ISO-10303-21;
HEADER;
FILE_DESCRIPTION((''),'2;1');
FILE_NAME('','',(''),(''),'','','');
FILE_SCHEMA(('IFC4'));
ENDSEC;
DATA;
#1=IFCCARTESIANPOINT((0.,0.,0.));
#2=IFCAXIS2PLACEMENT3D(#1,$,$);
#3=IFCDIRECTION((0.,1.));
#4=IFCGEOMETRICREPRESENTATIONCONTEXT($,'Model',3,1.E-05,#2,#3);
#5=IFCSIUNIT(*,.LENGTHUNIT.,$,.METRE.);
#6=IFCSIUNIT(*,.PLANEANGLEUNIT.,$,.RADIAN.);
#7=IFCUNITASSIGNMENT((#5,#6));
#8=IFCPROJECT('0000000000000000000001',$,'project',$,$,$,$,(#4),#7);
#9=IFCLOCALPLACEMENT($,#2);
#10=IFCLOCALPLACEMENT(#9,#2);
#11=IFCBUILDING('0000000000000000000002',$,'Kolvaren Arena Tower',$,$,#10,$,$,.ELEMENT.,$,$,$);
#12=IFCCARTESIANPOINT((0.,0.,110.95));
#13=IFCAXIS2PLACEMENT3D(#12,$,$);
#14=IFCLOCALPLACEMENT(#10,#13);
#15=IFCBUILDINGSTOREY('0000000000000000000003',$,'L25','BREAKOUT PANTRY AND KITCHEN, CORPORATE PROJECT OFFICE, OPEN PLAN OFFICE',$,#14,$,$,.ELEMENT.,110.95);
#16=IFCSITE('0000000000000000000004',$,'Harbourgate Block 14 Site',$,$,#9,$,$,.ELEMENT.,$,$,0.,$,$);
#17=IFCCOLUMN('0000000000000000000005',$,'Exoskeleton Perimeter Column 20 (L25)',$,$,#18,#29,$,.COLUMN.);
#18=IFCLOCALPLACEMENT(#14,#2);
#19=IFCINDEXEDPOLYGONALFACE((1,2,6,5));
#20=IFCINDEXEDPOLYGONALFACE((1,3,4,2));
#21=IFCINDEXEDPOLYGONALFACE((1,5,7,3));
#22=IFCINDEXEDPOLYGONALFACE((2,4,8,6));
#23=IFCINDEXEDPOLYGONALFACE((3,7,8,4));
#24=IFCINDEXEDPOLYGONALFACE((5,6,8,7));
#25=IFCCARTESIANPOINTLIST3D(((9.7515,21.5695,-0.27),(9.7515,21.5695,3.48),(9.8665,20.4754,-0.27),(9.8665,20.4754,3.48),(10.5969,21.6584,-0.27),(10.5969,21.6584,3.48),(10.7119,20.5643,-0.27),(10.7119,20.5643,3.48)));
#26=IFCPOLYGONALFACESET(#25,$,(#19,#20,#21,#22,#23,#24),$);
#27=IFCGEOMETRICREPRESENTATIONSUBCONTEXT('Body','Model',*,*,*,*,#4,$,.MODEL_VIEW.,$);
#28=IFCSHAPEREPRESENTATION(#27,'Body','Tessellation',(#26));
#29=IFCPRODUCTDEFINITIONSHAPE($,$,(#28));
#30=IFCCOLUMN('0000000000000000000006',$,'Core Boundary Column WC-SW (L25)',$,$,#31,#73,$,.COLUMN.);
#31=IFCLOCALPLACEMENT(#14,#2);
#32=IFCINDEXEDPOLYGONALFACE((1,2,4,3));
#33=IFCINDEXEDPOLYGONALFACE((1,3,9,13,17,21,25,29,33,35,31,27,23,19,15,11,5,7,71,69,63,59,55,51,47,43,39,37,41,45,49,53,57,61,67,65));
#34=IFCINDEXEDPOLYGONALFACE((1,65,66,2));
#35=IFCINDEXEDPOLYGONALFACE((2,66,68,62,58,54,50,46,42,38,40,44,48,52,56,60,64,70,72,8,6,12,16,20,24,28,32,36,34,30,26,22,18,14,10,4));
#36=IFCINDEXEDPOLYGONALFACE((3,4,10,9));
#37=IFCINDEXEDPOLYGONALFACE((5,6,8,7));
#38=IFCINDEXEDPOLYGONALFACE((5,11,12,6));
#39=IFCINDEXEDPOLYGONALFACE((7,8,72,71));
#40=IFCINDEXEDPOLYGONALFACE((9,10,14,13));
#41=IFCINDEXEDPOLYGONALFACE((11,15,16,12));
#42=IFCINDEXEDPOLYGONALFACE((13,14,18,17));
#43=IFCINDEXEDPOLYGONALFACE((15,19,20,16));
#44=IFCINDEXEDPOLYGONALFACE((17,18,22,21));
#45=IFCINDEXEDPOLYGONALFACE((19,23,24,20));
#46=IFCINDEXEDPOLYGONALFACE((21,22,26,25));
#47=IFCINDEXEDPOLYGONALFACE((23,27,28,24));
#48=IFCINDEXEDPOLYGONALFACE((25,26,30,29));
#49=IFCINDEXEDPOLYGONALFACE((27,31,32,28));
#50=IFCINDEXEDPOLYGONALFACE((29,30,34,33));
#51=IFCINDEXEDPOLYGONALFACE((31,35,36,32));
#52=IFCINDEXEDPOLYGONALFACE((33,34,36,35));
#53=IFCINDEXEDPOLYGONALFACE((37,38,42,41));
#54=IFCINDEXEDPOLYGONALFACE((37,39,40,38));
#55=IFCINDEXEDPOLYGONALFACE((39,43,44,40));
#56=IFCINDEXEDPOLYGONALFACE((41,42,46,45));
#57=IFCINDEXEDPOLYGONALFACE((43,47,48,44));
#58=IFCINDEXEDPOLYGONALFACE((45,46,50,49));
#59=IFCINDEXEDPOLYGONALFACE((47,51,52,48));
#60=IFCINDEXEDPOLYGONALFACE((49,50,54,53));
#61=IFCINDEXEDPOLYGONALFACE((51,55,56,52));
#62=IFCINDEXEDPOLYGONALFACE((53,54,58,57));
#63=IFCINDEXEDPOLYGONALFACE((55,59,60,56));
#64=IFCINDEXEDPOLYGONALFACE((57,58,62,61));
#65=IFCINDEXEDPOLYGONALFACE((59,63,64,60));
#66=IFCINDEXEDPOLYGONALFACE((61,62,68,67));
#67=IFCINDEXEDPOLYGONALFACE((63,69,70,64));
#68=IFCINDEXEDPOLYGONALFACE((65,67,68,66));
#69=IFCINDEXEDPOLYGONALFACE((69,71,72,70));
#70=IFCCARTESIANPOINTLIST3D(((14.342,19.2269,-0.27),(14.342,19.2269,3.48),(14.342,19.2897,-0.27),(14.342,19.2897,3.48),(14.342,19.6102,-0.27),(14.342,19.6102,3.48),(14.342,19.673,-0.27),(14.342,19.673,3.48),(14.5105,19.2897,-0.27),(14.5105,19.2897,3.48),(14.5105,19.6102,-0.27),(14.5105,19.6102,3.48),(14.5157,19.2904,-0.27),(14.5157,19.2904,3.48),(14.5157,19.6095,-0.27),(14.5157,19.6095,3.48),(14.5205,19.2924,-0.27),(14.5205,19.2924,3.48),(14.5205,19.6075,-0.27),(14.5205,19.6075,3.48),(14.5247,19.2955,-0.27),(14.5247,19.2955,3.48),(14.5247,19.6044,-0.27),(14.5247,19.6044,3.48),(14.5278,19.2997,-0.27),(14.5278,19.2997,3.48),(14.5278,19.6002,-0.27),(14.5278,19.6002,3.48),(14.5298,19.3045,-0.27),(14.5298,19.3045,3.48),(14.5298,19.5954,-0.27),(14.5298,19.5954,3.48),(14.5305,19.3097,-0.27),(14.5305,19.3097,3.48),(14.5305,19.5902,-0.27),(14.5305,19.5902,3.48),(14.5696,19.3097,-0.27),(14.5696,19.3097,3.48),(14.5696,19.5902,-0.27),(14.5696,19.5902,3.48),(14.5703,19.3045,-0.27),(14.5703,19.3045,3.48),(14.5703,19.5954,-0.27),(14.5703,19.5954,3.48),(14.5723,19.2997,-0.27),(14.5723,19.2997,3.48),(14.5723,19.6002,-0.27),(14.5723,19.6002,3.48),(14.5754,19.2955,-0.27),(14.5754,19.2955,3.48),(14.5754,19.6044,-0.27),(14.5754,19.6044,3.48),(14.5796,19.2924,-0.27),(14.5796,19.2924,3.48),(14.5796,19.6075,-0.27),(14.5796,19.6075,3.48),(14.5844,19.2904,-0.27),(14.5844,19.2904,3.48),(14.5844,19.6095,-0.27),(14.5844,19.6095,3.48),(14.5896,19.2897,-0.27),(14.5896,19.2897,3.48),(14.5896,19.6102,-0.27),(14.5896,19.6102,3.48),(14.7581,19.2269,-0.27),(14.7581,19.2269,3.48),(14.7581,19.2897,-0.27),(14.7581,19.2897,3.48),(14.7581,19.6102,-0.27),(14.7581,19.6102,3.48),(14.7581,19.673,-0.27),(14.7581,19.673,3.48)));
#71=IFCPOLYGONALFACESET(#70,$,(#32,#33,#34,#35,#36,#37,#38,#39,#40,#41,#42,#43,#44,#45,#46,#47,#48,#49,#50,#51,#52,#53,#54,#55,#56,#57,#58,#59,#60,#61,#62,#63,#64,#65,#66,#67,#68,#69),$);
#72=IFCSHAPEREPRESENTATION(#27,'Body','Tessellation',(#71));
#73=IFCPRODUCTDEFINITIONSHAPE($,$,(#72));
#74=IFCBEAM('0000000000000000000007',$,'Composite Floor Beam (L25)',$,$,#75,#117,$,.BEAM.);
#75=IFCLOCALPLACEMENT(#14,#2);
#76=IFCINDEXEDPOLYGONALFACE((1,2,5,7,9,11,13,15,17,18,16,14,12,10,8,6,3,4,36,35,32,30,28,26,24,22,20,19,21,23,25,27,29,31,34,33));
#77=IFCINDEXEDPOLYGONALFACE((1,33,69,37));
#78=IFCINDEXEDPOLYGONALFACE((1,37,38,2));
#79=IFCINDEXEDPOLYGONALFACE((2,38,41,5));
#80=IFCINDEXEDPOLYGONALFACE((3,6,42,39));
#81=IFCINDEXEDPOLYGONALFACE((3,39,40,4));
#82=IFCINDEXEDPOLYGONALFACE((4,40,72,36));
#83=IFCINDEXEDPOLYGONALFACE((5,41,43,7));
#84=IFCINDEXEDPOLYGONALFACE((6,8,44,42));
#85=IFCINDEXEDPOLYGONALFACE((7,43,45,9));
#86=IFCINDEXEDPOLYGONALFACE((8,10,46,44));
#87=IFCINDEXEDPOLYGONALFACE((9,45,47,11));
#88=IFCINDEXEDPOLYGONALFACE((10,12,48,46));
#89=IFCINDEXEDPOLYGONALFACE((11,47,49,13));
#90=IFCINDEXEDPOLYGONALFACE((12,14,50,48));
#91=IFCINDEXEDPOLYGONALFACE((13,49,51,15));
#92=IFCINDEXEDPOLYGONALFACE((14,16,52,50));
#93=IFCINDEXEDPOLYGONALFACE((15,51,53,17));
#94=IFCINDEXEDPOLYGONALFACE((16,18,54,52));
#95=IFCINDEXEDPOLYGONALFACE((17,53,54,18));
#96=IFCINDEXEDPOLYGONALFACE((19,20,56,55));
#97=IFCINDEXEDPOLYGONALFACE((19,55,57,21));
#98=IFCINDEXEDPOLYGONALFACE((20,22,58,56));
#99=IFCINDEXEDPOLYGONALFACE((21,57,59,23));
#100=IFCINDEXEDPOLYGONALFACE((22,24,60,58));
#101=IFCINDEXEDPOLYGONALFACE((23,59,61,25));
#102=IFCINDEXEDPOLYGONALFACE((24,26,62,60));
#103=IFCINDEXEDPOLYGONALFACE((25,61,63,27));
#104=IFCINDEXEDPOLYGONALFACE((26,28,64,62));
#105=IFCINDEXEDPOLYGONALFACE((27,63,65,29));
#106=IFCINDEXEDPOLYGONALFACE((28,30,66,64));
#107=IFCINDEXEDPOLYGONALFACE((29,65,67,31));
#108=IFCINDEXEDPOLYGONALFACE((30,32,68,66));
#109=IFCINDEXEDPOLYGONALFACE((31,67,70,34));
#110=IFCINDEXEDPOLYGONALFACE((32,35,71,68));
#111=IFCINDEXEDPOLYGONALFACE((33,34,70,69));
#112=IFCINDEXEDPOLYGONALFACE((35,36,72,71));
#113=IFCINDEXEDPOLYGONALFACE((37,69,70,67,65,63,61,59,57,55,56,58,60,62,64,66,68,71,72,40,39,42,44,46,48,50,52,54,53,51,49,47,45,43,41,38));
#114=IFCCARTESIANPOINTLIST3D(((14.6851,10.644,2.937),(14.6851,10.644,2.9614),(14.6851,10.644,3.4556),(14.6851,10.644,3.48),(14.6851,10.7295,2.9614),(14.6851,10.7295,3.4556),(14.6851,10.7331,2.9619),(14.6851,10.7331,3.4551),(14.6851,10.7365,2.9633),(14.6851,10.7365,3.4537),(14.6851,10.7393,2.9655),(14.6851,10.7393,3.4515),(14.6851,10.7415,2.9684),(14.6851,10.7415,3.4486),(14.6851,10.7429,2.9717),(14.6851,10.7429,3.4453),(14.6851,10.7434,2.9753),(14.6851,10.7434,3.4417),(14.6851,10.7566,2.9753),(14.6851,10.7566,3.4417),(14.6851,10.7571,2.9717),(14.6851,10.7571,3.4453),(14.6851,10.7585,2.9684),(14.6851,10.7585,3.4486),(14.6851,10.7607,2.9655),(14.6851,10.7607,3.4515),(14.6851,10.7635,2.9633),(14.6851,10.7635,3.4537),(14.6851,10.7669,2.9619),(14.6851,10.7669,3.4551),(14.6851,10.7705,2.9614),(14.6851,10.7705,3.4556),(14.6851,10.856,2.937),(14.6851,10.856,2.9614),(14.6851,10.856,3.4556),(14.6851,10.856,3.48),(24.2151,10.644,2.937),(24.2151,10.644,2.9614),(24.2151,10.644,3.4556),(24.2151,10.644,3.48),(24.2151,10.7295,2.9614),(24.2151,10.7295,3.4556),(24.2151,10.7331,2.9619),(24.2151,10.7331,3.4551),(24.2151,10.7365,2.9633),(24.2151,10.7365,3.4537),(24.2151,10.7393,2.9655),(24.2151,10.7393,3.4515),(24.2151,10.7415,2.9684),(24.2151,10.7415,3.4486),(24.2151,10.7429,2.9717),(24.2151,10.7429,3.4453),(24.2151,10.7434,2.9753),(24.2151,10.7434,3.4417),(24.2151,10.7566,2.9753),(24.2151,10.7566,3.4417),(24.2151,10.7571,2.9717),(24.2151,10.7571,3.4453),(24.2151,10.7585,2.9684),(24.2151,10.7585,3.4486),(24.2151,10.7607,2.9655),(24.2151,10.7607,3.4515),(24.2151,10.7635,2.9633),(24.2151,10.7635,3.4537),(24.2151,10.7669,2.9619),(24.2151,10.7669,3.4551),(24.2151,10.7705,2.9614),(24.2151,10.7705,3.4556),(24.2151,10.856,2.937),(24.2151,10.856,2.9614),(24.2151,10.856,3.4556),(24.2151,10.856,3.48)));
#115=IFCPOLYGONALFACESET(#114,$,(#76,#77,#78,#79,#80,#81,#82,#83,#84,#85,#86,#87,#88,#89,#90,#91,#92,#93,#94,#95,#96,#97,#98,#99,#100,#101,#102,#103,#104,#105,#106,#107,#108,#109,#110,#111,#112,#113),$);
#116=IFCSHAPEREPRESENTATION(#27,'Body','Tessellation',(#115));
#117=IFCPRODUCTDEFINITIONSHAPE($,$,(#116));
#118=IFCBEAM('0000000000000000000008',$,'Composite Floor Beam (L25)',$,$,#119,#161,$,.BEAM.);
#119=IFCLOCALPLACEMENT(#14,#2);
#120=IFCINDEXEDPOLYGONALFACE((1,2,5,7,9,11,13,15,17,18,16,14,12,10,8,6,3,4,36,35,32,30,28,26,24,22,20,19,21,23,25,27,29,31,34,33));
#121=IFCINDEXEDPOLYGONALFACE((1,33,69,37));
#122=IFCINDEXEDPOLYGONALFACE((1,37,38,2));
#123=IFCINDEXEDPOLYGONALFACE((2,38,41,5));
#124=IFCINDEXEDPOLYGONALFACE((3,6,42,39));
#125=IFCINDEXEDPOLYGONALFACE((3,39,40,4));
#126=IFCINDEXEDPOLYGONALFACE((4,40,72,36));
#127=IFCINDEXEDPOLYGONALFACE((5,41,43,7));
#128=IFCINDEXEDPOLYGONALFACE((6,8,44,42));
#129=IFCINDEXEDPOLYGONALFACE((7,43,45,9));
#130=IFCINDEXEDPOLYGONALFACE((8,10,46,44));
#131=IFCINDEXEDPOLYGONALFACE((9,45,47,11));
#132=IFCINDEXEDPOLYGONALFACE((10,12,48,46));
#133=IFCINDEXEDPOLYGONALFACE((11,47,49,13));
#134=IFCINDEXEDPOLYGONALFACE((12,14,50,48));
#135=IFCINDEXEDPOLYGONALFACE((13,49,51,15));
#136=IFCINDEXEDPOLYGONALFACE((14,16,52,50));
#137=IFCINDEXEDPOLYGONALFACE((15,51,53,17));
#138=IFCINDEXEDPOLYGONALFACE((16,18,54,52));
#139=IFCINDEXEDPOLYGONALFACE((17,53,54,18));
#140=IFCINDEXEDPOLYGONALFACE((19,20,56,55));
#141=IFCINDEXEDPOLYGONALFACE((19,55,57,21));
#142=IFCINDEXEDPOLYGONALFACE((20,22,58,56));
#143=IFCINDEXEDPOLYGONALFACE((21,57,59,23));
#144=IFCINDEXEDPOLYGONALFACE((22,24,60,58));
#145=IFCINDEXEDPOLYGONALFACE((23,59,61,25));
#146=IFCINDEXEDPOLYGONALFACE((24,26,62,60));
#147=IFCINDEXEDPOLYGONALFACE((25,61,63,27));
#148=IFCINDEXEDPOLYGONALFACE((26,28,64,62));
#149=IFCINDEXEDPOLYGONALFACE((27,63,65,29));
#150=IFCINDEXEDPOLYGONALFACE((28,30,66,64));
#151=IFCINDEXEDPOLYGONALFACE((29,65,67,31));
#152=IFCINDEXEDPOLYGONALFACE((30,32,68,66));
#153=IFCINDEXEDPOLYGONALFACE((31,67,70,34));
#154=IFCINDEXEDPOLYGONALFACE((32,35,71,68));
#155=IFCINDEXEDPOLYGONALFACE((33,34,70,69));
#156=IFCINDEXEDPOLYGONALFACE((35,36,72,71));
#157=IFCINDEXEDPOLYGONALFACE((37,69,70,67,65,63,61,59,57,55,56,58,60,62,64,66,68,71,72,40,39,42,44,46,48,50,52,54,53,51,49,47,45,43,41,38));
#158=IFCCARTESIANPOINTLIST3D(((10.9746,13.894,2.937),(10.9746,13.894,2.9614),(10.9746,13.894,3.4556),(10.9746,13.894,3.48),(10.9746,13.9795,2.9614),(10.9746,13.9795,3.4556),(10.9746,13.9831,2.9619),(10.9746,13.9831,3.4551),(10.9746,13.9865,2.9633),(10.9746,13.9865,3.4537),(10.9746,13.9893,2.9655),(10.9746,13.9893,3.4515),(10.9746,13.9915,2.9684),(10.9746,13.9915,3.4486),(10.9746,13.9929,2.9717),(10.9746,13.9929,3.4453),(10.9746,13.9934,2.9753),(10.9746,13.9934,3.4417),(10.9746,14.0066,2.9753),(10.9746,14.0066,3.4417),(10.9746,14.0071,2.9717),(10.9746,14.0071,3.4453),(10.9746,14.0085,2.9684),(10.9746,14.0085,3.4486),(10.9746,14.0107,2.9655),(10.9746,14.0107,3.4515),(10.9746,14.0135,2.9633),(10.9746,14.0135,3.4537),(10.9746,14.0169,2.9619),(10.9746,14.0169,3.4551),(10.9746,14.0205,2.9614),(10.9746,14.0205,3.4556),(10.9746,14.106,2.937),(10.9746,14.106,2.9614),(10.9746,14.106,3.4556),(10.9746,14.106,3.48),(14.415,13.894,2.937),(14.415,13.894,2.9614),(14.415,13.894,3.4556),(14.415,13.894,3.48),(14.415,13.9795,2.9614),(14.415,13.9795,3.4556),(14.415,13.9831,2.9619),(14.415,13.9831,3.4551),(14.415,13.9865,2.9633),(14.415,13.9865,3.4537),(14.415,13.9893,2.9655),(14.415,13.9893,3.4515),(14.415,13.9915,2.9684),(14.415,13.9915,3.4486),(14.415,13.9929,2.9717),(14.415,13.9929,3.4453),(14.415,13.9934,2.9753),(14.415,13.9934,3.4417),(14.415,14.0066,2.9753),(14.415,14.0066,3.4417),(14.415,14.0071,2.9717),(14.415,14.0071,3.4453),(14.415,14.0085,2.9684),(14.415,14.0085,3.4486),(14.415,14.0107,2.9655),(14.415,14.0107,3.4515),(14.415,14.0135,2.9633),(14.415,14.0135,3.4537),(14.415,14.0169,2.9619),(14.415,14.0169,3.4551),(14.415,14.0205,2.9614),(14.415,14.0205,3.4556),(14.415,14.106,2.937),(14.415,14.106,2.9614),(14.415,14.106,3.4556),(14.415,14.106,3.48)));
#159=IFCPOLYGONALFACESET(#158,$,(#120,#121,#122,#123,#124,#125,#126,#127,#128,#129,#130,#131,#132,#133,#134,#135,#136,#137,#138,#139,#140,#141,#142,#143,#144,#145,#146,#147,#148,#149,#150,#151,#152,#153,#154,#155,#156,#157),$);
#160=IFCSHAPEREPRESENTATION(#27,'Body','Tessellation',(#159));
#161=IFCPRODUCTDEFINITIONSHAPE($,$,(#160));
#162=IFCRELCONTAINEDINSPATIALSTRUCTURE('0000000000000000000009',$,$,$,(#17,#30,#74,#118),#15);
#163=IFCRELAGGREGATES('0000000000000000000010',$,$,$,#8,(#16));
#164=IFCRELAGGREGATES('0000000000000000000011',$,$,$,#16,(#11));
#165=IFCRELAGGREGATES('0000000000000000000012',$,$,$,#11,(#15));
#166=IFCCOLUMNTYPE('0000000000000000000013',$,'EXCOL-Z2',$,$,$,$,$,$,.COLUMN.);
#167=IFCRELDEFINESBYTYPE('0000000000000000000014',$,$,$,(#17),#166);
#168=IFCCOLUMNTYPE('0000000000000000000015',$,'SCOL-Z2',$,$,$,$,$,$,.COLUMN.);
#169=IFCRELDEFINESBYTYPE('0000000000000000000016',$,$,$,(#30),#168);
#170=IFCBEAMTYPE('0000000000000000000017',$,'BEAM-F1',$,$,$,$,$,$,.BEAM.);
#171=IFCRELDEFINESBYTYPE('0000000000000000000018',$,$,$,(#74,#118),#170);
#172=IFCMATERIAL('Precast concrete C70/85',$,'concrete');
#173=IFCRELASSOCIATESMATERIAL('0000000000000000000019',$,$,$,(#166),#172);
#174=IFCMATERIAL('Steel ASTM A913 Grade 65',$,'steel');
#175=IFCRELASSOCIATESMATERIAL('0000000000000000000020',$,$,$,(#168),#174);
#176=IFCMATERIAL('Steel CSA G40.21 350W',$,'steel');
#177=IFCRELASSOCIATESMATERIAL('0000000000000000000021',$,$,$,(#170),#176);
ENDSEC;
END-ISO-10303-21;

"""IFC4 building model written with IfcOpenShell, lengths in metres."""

from ifc_helpers import new_model, si_unit, direction, frame, origin, origin_2d, place, context, subcontext, project, spatial, rectangle, i_section, extrude, material, material_profile, profile_set, type_object, element, save


model = new_model("IFC4")

# Units and contexts
model_context = context("Model", 3, precision=1e-05, world=origin(), true_north=direction((0.0, 1.0)))
body_context = subcontext(model_context, "Body", "Model", "MODEL_VIEW")
ifc_project = project(units=[si_unit("LENGTHUNIT", "METRE"), si_unit("PLANEANGLEUNIT", "RADIAN")], contexts=[model_context])

# Site, building, storey
site_placement = place(None, origin())
site = spatial("IfcSite", under=ifc_project, at=site_placement, Name="Harbourgate Block 14 Site", CompositionType="ELEMENT", RefElevation=0.0)
building_placement = place(site_placement, origin())
building = spatial("IfcBuilding", under=site, at=building_placement, Name="Kolvaren Arena Tower", CompositionType="ELEMENT")
storey_placement = place(building_placement, frame((0.0, 0.0, 110.95)))
storey = spatial("IfcBuildingStorey", under=building, at=storey_placement, Name="L25", Description="BREAKOUT PANTRY AND KITCHEN, CORPORATE PROJECT OFFICE, OPEN PLAN OFFICE", CompositionType="ELEMENT", Elevation=110.95)

# Columns
ifc_material_1 = material(Name="Precast concrete C70/85", Category="concrete")
ifc_material_profile_1 = material_profile(ifc_material_1, rectangle(XDim=1.1001, YDim=0.8501, at=origin_2d()), Name="RC-1100x850")
ifc_profile_set_1 = profile_set([ifc_material_profile_1], Name="Precast concrete C70/85")
column_type_1 = type_object("IfcColumnType", Name="EXCOL-Z2", PredefinedType="COLUMN", material=ifc_profile_set_1)
column_1_placement = place(storey_placement, frame((10.2317, 21.0669, -0.27), z_axis=(0.0, 0.0, 1.0), x_axis=(-0.104528, 0.994522, 0.0)))
element("IfcColumn", 1, at=column_1_placement, inside=storey, type_object=column_type_1, Name="Exoskeleton Perimeter Column 20 (L25)", PredefinedType="COLUMN", context=body_context, shape_type="SweptSolid", body=[
    extrude(rectangle(XDim=1.1001, YDim=0.8501, at=origin_2d()), origin(), (0.0, 0.0, 1.0), 3.75),
])
ifc_material_2 = material(Name="Steel ASTM A913 Grade 65", Category="steel")
ifc_material_profile_2 = material_profile(ifc_material_2, i_section(OverallWidth=0.416, OverallDepth=0.446, WebThickness=0.0391, FlangeThickness=0.0627, FilletRadius=0.02, at=origin_2d()), Name="W360x509")
ifc_profile_set_2 = profile_set([ifc_material_profile_2], Name="Steel ASTM A913 Grade 65")
column_type_2 = type_object("IfcColumnType", Name="SCOL-Z2", PredefinedType="COLUMN", material=ifc_profile_set_2)
column_2_placement = place(storey_placement, frame((14.55, 19.45, -0.27), z_axis=(0.0, 0.0, 1.0), x_axis=(1.0, 0.0, 0.0)))
element("IfcColumn", 2, at=column_2_placement, inside=storey, type_object=column_type_2, Name="Core Boundary Column WC-SW (L25)", PredefinedType="COLUMN", context=body_context, shape_type="SweptSolid", body=[
    extrude(i_section(OverallWidth=0.416, OverallDepth=0.446, WebThickness=0.0391, FlangeThickness=0.0627, FilletRadius=0.02, at=origin_2d()), origin(), (0.0, 0.0, 1.0), 3.75),
])

# Beams
ifc_material_3 = material(Name="Steel CSA G40.21 350W", Category="steel")
ifc_material_profile_3 = material_profile(ifc_material_3, i_section(OverallWidth=0.2119, OverallDepth=0.543, WebThickness=0.0132, FlangeThickness=0.0244, FilletRadius=0.0139, at=origin_2d()), Name="W530x150")
ifc_profile_set_3 = profile_set([ifc_material_profile_3], Name="Steel CSA G40.21 350W")
beam_type_1 = type_object("IfcBeamType", Name="BEAM-F1", PredefinedType="BEAM", material=ifc_profile_set_3)
beam_1_placement = place(storey_placement, frame((14.6851, 10.75, 3.2085), z_axis=(1.0, 0.0, 0.0), x_axis=(0.0, 1.0, 0.0)))
element("IfcBeam", 3, at=beam_1_placement, inside=storey, type_object=beam_type_1, Name="Composite Floor Beam (L25)", PredefinedType="BEAM", context=body_context, shape_type="SweptSolid", body=[
    extrude(i_section(OverallWidth=0.2119, OverallDepth=0.543, WebThickness=0.0132, FlangeThickness=0.0244, FilletRadius=0.0139, at=origin_2d()), origin(), (0.0, 0.0, 1.0), 9.53),
])
beam_2_placement = place(storey_placement, frame((10.9746, 14.0, 3.2085), z_axis=(1.0, 0.0, 0.0), x_axis=(0.0, 1.0, 0.0)))
element("IfcBeam", 4, at=beam_2_placement, inside=storey, type_object=beam_type_1, Name="Composite Floor Beam (L25)", PredefinedType="BEAM", context=body_context, shape_type="SweptSolid", body=[
    extrude(i_section(OverallWidth=0.2119, OverallDepth=0.543, WebThickness=0.0132, FlangeThickness=0.0244, FilletRadius=0.0139, at=origin_2d()), origin(), (0.0, 0.0, 1.0), 3.4404),
])

save(model, "model.ifc")
